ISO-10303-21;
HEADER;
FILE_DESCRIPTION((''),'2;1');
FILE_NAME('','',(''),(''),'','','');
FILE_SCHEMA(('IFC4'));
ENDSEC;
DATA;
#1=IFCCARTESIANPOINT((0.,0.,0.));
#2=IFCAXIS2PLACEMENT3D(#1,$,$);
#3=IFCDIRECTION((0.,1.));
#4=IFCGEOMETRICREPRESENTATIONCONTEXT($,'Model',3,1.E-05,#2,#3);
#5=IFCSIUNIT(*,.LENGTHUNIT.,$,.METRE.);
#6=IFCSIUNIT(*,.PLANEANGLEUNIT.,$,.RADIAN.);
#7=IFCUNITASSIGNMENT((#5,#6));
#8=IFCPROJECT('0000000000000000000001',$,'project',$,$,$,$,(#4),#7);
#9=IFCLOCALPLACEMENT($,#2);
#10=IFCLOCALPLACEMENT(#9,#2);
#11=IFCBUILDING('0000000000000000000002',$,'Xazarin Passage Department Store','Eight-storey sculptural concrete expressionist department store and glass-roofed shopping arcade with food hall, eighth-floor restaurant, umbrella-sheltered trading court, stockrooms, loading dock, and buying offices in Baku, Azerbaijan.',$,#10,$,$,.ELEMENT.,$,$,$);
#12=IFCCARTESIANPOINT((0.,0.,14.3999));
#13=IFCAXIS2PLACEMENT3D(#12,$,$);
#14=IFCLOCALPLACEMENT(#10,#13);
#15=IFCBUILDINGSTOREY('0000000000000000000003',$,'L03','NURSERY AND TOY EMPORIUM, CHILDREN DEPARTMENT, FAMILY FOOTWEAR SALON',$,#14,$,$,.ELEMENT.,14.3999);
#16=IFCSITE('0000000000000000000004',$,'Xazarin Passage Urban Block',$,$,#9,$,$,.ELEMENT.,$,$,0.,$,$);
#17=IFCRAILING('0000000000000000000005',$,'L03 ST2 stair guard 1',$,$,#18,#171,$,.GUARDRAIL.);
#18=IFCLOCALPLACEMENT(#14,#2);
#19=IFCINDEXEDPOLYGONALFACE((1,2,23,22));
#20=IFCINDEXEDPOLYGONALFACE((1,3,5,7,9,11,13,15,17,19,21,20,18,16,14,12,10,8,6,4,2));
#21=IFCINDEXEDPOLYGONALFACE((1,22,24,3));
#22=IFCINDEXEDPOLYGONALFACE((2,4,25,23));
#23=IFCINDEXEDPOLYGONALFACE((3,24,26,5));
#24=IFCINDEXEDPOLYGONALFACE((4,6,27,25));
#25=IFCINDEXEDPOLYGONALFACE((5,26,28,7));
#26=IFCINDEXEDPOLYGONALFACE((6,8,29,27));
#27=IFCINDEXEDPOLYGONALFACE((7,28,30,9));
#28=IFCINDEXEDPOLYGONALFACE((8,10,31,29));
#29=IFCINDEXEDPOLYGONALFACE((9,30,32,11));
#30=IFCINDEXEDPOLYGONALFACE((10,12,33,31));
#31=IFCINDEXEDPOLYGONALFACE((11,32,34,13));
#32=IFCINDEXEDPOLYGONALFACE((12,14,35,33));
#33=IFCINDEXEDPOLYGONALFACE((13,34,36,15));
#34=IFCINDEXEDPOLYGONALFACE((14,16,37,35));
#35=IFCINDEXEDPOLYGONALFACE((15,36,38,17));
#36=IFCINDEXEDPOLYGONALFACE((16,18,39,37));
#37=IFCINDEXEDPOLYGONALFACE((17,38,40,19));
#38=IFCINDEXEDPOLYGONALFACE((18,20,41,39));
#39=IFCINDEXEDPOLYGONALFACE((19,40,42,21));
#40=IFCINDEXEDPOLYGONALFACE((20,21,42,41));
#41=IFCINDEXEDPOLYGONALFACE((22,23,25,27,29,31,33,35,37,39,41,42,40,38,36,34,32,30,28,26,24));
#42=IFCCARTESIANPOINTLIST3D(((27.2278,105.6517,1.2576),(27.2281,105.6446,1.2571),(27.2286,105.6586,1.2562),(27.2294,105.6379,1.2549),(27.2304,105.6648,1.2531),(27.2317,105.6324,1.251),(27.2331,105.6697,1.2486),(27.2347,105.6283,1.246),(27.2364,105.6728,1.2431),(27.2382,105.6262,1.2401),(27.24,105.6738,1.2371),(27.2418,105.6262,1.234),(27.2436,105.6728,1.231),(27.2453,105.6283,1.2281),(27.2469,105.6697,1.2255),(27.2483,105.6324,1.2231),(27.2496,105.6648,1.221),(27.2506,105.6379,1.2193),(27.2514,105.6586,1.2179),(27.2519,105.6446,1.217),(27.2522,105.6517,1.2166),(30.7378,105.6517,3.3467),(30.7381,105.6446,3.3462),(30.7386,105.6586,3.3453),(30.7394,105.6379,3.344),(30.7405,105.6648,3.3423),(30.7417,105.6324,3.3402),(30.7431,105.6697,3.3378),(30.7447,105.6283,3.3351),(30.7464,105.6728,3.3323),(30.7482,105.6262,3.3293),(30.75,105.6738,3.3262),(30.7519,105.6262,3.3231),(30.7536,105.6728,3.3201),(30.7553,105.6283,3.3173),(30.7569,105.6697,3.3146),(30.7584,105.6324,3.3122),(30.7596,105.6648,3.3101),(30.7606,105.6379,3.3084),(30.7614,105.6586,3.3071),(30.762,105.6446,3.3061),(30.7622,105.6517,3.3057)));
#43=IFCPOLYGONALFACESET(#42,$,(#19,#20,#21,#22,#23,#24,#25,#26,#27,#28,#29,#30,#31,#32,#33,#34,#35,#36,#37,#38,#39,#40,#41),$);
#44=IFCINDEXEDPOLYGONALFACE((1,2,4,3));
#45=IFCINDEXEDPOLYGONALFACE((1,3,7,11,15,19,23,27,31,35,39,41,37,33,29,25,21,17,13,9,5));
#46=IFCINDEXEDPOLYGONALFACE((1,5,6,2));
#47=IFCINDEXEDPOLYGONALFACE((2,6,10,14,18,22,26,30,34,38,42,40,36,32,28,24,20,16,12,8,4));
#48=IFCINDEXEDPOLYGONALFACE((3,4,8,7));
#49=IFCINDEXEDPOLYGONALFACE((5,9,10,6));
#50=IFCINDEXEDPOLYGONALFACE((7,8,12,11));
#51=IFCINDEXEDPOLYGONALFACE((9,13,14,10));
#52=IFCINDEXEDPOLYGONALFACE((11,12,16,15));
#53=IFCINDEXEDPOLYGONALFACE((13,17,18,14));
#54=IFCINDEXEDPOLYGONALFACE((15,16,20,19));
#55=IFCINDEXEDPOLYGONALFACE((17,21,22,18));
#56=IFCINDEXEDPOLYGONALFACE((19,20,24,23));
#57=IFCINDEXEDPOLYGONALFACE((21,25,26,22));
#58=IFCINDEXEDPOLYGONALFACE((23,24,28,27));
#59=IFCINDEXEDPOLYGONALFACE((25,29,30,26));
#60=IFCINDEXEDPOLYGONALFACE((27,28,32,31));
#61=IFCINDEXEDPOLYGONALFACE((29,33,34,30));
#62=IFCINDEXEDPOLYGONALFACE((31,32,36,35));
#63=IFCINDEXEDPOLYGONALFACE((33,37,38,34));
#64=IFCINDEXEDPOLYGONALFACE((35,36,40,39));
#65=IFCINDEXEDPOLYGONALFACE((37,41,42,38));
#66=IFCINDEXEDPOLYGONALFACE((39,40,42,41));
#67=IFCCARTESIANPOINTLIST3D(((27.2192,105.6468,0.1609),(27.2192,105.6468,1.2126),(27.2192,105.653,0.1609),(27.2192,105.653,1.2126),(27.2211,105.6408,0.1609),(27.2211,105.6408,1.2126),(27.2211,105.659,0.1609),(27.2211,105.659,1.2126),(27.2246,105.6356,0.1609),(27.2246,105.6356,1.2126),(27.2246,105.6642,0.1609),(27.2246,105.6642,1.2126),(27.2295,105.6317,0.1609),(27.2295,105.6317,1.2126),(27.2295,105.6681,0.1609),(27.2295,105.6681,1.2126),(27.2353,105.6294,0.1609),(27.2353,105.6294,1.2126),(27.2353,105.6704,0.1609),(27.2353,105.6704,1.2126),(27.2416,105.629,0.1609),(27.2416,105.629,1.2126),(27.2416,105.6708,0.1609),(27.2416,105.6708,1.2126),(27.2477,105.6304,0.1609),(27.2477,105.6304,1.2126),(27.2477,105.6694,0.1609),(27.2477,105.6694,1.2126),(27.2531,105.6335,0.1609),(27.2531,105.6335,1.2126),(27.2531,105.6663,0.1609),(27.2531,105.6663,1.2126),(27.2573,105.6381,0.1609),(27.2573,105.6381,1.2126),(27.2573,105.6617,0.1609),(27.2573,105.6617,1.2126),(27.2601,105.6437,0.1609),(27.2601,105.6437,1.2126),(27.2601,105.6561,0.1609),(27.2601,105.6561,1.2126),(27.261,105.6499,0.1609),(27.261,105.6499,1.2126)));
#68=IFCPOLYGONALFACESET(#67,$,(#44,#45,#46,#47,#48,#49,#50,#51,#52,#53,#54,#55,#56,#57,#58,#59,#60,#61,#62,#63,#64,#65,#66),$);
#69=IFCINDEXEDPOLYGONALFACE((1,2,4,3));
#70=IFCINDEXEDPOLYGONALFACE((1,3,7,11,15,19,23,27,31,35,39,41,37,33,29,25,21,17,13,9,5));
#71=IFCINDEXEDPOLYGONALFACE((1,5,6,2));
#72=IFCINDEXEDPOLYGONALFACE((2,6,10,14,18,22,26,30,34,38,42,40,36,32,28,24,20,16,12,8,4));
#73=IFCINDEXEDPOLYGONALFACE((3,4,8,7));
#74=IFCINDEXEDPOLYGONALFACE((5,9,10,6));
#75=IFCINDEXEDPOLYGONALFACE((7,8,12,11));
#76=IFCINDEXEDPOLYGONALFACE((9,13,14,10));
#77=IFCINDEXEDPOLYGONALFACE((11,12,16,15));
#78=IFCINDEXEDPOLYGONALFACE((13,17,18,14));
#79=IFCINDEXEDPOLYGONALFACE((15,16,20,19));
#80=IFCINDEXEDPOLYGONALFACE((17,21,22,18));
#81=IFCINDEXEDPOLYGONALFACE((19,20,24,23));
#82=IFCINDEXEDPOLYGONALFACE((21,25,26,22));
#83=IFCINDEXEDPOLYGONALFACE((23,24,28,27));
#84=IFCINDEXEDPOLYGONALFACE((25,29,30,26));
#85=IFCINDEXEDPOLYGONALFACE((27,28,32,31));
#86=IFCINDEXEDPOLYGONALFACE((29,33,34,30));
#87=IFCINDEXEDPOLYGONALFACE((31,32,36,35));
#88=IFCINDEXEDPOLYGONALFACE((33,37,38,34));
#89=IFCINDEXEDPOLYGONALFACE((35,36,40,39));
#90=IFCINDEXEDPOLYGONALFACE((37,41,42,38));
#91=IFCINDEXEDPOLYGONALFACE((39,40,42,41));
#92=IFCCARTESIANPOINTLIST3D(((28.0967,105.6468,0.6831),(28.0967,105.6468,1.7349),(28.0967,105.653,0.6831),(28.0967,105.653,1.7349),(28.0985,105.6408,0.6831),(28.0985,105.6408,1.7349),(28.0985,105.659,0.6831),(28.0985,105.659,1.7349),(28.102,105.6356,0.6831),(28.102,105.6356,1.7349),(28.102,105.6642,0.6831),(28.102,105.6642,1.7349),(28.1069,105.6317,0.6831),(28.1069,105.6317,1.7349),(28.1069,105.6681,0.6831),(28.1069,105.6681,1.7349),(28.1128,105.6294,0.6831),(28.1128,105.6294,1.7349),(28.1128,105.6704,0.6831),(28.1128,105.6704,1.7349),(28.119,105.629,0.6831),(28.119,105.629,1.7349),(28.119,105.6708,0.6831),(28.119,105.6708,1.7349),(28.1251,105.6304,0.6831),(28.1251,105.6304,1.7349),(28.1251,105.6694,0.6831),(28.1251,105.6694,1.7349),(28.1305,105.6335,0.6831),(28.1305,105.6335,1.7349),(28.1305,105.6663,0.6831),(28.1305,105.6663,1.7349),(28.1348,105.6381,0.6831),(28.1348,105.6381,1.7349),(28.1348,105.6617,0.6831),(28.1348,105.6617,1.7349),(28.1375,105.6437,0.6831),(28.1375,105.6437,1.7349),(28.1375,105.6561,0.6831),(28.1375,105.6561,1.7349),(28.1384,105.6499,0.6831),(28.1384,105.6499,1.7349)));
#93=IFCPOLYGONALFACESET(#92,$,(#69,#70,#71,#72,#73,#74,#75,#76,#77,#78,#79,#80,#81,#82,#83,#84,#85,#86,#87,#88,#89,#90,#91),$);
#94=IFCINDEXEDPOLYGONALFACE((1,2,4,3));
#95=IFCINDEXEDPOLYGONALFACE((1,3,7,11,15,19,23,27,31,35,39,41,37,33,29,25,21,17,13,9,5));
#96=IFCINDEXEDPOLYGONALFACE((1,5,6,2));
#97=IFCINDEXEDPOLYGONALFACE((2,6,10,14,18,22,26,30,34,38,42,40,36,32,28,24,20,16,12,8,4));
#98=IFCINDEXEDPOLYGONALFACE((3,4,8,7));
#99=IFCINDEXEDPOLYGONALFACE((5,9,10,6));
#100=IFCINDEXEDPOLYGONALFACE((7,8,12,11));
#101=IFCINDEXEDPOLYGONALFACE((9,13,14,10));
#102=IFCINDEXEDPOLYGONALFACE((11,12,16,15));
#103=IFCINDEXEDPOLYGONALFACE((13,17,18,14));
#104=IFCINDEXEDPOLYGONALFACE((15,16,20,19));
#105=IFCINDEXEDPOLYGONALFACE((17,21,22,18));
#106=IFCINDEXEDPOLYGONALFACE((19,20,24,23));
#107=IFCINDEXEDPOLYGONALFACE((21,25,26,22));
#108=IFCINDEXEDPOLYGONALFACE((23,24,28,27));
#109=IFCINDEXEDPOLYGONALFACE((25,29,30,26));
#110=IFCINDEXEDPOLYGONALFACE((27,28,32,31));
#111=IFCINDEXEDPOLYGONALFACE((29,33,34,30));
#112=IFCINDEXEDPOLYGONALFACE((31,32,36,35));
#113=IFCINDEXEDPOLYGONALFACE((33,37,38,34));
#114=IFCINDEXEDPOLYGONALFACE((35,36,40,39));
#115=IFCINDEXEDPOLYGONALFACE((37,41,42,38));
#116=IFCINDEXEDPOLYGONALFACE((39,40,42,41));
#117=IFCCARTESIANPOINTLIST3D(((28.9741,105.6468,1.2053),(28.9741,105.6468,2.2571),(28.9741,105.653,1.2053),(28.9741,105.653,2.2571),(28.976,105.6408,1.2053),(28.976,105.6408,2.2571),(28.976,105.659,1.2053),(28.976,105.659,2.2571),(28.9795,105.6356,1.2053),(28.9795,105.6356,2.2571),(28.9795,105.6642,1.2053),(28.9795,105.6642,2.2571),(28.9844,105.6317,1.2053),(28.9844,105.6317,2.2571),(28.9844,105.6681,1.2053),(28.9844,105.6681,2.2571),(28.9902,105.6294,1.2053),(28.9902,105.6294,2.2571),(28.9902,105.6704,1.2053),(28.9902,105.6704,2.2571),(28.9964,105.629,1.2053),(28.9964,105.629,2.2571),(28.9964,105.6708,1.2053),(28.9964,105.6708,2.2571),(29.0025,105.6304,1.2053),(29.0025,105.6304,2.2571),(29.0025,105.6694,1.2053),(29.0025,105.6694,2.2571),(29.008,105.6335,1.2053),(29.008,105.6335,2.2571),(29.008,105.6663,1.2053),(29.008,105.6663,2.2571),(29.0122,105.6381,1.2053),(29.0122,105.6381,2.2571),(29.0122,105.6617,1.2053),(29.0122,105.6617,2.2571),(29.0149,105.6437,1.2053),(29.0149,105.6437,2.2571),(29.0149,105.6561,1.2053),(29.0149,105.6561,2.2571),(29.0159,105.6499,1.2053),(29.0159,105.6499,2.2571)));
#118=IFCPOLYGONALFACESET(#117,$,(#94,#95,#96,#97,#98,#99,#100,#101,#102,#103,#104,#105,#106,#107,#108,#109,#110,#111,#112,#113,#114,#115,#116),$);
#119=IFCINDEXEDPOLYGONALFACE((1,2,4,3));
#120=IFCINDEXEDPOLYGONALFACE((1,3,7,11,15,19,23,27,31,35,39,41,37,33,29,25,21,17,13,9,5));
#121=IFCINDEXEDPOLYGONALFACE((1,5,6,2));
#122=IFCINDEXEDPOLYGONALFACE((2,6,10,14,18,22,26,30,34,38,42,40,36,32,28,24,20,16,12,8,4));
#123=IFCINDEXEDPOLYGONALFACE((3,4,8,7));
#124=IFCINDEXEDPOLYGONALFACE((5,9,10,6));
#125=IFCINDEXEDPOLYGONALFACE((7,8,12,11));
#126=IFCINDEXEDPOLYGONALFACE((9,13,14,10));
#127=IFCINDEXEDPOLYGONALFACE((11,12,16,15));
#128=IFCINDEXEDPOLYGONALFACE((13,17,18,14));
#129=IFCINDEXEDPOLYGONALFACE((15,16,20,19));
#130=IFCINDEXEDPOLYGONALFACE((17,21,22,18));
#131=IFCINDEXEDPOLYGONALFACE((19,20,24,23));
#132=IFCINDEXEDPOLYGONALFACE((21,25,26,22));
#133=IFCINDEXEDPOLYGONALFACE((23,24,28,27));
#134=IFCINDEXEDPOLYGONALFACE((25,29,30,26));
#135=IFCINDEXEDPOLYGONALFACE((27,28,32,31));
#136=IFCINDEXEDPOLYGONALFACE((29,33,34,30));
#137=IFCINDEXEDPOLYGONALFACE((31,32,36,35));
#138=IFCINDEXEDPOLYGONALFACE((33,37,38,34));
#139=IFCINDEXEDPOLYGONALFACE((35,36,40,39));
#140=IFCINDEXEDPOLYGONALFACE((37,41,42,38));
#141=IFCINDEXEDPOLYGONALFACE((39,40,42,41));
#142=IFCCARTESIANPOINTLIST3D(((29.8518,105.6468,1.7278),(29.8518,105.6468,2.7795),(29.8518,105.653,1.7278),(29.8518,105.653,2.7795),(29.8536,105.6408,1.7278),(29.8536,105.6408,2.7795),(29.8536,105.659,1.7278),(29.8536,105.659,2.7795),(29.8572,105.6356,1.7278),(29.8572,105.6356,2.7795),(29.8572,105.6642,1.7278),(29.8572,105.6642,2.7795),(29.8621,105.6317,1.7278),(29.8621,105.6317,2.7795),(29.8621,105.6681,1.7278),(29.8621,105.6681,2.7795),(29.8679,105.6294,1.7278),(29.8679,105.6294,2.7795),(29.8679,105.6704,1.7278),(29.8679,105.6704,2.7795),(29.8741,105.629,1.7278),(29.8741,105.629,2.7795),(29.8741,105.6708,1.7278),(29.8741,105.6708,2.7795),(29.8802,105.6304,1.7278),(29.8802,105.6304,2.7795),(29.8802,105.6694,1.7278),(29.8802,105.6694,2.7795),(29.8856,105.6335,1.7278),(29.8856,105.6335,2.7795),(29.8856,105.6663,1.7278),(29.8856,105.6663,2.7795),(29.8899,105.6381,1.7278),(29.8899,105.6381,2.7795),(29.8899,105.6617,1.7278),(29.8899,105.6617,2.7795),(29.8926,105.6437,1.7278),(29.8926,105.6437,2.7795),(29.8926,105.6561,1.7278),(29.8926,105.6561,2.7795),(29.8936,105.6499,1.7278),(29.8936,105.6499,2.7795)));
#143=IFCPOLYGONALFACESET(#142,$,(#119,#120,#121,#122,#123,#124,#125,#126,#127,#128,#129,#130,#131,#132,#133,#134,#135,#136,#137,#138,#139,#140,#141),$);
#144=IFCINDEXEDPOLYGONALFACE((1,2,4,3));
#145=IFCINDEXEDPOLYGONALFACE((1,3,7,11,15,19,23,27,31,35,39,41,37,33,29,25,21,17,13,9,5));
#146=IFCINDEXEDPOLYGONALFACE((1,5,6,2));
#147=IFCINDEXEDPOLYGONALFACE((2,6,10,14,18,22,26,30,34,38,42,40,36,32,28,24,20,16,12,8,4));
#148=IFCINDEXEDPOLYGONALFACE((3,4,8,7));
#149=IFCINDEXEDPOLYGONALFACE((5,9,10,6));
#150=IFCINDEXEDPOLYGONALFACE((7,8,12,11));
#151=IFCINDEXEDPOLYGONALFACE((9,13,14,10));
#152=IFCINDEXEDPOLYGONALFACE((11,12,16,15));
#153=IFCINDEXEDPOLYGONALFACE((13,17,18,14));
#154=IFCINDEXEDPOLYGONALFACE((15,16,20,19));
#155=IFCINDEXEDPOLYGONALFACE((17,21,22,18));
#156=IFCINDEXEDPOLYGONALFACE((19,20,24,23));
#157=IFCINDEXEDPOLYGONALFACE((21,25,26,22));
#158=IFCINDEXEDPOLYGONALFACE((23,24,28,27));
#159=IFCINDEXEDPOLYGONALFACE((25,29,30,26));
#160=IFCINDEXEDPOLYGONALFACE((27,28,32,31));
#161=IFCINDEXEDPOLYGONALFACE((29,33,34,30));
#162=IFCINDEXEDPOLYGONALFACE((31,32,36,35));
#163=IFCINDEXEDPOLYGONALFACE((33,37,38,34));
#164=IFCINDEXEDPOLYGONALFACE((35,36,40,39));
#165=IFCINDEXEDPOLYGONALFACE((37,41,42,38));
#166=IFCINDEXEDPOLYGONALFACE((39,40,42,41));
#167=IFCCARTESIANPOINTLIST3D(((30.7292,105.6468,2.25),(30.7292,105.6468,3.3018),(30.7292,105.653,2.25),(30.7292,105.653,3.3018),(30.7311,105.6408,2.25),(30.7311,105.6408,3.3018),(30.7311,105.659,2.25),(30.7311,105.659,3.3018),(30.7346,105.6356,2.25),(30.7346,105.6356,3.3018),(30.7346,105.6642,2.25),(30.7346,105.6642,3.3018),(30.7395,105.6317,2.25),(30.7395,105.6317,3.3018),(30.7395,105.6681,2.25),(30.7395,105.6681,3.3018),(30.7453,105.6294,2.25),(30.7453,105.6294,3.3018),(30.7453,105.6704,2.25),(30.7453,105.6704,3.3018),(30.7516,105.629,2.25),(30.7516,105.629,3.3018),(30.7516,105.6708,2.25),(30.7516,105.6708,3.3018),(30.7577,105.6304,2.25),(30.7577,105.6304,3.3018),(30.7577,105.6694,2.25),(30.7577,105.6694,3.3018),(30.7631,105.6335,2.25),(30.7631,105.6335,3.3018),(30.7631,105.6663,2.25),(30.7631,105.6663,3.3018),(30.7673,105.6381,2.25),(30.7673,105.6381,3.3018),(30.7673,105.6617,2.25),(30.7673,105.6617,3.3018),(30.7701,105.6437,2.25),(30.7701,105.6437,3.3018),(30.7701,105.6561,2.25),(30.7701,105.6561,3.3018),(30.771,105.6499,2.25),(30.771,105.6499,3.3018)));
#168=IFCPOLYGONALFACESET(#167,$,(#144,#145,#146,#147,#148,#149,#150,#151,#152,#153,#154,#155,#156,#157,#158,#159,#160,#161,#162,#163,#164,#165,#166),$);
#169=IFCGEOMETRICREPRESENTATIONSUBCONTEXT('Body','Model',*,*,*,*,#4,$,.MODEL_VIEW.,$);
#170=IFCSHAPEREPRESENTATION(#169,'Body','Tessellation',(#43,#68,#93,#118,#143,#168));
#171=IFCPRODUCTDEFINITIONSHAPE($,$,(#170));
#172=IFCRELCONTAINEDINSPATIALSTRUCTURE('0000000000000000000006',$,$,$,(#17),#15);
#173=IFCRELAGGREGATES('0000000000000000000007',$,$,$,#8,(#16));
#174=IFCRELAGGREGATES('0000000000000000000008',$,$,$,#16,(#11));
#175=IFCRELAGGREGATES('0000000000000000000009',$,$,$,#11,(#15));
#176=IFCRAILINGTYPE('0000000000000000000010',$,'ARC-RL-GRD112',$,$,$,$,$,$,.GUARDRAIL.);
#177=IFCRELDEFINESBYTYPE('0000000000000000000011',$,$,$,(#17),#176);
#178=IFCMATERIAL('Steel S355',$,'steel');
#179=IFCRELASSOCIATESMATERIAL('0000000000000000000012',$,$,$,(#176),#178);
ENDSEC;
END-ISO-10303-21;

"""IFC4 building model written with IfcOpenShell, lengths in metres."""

from ifc_helpers import new_model, si_unit, direction, frame, origin, origin_2d, place, context, subcontext, project, spatial, circle, extrude, material, type_object, element, save


model = new_model("IFC4")

# Units and contexts
model_context = context("Model", 3, precision=1e-05, world=origin(), true_north=direction((0.0, 1.0)))
body_context = subcontext(model_context, "Body", "Model", "MODEL_VIEW")
ifc_project = project(units=[si_unit("LENGTHUNIT", "METRE"), si_unit("PLANEANGLEUNIT", "RADIAN")], contexts=[model_context])

# Site, building, storey
site_placement = place(None, origin())
site = spatial("IfcSite", under=ifc_project, at=site_placement, Name="Xazarin Passage Urban Block", CompositionType="ELEMENT", RefElevation=0.0)
building_placement = place(site_placement, origin())
building = spatial("IfcBuilding", under=site, at=building_placement, Name="Xazarin Passage Department Store", Description="Eight-storey sculptural concrete expressionist department store and glass-roofed shopping arcade with food hall, eighth-floor restaurant, umbrella-sheltered trading court, stockrooms, loading dock, and buying offices in Baku, Azerbaijan.", CompositionType="ELEMENT")
storey_placement = place(building_placement, frame((0.0, 0.0, 14.3999)))
storey = spatial("IfcBuildingStorey", under=building, at=storey_placement, Name="L03", Description="NURSERY AND TOY EMPORIUM, CHILDREN DEPARTMENT, FAMILY FOOTWEAR SALON", CompositionType="ELEMENT", Elevation=14.3999)

# Shared definitions
ifc_material_1 = material(Name="Steel S355", Category="steel")

# Railing
railing_type_1 = type_object("IfcRailingType", Name="ARC-RL-GRD112", PredefinedType="GUARDRAIL", material=ifc_material_1)
railing_1_placement = place(storey_placement, frame((27.24, 105.6499, 0.1609)))
element("IfcRailing", 1, at=railing_1_placement, inside=storey, type_object=railing_type_1, Name="L03 ST2 stair guard 1", PredefinedType="GUARDRAIL", context=body_context, shape_type="SweptSolid", body=[
    extrude(circle(Radius=0.0239, at=origin_2d()), frame((0.0, 0.0, 1.0762), z_axis=(0.859312, 0.0, 0.511451), x_axis=(0.0, 1.0, 0.0)), (0.0, 0.0, 1.0), 4.0847),
    extrude(circle(Radius=0.021, at=origin_2d()), origin(), (0.0, 0.0, 1.0), 1.0518),
    extrude(circle(Radius=0.021, at=origin_2d()), frame((0.8774, 0.0, 0.5222)), (0.0, 0.0, 1.0), 1.0518),
    extrude(circle(Radius=0.021, at=origin_2d()), frame((1.7549, 0.0, 1.0444)), (0.0, 0.0, 1.0), 1.0518),
    extrude(circle(Radius=0.021, at=origin_2d()), frame((2.6326, 0.0, 1.5669)), (0.0, 0.0, 1.0), 1.0518),
    extrude(circle(Radius=0.021, at=origin_2d()), frame((3.51, 0.0, 2.0891)), (0.0, 0.0, 1.0), 1.0518),
])

save(model, "model.ifc")
